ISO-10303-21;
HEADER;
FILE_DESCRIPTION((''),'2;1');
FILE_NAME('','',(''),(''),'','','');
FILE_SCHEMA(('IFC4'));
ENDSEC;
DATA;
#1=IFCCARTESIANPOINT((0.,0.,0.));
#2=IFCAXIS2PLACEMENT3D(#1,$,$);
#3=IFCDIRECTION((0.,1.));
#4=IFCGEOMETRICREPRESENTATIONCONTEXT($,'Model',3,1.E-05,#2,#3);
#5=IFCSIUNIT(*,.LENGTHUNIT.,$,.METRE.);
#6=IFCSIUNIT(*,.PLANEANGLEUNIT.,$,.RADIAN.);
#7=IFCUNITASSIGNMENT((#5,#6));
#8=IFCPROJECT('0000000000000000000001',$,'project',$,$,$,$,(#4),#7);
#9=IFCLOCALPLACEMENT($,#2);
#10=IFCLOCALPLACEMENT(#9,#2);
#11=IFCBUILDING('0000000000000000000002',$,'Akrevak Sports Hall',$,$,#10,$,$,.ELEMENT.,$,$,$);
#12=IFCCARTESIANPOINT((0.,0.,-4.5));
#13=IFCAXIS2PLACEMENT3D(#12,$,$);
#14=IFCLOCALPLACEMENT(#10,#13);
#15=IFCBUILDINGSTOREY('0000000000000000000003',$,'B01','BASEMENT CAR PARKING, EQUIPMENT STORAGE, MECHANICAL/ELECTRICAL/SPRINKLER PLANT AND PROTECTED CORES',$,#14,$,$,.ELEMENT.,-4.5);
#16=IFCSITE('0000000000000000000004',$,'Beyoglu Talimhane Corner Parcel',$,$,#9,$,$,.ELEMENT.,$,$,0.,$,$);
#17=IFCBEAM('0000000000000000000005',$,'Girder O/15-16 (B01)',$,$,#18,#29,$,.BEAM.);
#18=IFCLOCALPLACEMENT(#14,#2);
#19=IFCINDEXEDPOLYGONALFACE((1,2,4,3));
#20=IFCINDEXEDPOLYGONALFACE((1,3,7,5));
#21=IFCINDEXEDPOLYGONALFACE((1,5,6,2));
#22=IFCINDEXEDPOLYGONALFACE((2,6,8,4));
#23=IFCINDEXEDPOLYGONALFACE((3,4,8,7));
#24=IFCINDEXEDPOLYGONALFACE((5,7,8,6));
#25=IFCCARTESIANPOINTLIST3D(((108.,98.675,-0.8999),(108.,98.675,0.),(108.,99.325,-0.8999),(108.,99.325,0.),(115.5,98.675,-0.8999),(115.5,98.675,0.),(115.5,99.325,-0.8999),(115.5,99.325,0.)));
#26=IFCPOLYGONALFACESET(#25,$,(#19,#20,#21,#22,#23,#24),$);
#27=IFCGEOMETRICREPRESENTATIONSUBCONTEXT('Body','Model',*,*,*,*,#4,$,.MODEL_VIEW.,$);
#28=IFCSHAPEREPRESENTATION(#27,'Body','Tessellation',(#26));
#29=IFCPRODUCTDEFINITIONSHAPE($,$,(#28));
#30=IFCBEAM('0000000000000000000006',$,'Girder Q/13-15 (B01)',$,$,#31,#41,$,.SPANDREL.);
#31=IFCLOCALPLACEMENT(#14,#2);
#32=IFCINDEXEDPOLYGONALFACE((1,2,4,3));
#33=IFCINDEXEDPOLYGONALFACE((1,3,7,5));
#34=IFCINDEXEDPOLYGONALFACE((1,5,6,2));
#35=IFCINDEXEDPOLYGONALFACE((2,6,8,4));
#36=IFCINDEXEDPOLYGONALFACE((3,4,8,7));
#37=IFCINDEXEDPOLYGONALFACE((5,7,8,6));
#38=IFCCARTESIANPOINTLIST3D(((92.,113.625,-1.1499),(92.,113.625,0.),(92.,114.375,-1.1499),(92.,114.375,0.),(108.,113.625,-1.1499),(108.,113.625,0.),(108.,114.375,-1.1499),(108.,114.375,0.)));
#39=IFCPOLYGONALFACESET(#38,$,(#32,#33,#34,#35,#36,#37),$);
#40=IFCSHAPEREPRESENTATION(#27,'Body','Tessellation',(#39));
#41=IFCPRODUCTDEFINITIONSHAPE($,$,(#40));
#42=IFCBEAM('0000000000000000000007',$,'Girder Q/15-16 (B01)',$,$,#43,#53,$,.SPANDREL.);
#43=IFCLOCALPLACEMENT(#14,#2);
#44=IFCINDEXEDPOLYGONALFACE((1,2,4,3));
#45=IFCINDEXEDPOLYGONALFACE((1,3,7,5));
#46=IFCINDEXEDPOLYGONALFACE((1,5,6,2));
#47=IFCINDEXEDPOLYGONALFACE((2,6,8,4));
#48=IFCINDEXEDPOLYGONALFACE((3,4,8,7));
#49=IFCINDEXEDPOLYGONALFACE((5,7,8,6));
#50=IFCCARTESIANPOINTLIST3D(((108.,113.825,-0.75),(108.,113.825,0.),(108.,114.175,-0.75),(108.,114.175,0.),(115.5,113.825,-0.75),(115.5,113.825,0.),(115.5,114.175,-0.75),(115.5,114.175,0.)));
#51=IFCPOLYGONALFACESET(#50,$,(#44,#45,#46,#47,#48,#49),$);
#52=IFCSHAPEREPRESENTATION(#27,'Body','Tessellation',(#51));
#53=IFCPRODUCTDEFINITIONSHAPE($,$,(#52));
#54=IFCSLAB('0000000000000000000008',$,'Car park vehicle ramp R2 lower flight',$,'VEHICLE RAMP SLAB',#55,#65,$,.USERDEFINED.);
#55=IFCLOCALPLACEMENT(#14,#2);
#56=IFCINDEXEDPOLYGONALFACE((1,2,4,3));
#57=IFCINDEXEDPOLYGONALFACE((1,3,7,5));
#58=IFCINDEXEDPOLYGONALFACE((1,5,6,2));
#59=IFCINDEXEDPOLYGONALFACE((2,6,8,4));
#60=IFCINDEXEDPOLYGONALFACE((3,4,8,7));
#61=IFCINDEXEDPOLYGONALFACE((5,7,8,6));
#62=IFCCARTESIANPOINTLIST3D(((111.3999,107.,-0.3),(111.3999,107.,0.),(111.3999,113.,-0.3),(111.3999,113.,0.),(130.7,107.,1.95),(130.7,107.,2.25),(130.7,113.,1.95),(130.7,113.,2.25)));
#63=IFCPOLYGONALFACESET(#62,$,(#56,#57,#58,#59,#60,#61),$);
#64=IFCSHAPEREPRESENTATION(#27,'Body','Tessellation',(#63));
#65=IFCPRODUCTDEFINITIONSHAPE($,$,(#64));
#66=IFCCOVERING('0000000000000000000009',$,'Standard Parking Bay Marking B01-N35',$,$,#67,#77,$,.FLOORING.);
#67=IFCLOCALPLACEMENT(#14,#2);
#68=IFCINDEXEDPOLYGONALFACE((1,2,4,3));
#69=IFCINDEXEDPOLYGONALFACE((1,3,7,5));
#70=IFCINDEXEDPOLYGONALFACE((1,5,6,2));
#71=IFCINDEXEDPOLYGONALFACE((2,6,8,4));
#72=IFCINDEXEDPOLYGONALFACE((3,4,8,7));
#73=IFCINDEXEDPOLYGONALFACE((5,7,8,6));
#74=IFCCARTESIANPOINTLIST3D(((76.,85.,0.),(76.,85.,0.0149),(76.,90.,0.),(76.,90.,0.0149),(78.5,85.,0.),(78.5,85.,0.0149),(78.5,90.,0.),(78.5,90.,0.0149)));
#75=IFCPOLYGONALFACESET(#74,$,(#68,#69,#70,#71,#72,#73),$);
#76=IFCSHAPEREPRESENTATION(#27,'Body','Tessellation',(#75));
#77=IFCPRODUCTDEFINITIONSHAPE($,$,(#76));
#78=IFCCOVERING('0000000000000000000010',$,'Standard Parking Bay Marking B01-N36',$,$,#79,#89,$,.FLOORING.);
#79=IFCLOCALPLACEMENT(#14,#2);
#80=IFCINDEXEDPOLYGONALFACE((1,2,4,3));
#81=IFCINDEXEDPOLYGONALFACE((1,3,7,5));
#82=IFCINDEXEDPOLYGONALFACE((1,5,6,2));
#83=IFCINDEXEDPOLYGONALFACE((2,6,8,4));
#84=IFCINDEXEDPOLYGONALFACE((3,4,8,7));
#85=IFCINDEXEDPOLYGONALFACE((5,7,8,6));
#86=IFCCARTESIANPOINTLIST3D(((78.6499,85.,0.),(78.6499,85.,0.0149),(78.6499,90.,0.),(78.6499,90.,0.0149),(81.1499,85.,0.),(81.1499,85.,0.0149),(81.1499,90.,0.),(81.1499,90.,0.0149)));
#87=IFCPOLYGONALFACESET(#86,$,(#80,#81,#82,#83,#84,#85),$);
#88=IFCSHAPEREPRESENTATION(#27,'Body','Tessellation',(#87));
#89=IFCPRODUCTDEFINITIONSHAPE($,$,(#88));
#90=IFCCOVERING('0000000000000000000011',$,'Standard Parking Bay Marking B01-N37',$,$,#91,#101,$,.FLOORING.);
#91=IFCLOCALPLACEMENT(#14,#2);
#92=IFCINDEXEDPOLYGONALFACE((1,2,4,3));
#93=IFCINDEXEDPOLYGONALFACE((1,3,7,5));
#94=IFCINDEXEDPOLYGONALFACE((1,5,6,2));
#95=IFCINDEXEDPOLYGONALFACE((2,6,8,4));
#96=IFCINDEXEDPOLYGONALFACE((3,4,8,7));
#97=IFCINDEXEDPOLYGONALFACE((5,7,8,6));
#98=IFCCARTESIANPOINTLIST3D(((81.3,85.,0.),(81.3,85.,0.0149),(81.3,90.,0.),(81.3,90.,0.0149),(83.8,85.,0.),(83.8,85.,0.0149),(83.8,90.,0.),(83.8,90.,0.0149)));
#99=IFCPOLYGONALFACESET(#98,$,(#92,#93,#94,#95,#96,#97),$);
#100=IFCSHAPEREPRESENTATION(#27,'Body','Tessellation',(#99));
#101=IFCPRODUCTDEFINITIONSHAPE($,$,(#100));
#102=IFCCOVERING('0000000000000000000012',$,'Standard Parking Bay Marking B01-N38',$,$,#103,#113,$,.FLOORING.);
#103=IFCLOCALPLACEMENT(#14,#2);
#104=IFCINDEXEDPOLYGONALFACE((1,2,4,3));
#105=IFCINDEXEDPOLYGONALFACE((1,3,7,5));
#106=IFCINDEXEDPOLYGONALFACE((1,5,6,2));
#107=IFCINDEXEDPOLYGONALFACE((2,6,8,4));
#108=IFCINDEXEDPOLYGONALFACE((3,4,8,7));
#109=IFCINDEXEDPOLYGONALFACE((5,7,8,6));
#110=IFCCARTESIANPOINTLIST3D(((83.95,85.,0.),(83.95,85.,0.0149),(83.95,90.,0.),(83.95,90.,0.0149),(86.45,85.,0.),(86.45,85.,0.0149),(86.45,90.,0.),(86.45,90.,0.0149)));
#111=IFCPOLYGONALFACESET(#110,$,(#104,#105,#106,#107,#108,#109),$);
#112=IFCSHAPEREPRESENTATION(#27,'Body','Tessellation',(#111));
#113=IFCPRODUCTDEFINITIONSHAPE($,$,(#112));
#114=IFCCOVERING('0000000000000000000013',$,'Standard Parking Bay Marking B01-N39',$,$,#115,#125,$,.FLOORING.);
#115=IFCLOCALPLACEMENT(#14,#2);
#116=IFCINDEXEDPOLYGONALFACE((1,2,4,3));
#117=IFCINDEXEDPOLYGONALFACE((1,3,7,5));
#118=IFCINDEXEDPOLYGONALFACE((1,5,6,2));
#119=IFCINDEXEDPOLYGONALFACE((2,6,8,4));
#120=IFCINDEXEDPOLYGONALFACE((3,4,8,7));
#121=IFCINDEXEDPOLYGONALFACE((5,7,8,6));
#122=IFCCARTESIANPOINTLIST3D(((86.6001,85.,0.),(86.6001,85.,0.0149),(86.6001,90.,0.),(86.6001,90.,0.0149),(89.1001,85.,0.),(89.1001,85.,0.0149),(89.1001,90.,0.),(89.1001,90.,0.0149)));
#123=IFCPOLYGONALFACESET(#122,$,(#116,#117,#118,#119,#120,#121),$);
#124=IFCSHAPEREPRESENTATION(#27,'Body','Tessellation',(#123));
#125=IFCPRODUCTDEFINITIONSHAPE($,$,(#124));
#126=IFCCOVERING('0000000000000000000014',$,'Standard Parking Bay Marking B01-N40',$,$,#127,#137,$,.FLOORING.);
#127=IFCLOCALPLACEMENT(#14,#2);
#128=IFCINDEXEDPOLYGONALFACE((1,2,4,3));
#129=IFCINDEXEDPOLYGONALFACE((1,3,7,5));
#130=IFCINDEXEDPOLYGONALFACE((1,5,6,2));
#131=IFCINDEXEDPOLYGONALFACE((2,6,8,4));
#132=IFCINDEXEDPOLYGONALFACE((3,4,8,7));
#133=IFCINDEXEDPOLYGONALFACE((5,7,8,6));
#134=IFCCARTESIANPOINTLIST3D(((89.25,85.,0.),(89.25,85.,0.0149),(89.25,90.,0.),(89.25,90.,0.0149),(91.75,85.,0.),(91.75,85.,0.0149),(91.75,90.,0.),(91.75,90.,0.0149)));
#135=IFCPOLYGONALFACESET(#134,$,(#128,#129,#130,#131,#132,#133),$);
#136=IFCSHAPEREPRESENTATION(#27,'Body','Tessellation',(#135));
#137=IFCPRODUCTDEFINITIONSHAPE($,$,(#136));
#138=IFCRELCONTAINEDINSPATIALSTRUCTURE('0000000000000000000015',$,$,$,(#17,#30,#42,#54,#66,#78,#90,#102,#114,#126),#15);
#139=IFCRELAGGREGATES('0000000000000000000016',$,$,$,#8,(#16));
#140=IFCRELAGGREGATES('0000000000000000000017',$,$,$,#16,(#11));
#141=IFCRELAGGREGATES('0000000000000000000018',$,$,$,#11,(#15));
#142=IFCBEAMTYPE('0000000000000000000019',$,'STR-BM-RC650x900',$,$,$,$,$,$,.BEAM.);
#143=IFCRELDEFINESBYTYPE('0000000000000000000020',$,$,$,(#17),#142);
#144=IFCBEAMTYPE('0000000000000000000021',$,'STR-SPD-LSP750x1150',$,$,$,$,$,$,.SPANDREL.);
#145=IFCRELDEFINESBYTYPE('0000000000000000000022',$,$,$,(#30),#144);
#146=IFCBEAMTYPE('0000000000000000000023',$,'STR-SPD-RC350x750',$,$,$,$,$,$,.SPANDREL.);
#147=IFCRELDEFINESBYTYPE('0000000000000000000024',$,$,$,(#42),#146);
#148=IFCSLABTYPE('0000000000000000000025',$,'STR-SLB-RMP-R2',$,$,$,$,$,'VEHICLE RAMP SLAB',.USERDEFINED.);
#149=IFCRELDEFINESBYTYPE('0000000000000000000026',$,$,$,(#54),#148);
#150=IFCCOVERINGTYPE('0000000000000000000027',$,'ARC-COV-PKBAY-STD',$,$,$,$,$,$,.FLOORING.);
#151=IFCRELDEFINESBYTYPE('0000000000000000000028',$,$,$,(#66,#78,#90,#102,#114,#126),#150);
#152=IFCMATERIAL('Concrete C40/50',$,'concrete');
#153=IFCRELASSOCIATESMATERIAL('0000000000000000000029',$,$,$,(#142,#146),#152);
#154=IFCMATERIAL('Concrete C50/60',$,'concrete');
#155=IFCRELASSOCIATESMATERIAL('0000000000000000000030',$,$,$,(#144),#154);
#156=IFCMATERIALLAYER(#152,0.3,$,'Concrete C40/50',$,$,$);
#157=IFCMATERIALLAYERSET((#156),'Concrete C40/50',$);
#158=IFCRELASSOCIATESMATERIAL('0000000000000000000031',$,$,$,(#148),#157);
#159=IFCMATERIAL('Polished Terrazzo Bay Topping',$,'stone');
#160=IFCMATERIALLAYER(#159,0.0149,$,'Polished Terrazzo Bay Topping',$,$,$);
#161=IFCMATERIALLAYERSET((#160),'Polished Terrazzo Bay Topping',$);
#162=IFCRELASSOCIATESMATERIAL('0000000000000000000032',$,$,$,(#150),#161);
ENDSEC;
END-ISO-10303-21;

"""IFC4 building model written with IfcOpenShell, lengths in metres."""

from ifc_helpers import new_model, si_unit, direction, frame, origin, origin_2d, place, context, subcontext, project, spatial, polyline, rectangle, outline, extrude, material, layer, layer_set, material_profile, profile_set, type_object, element, save


model = new_model("IFC4")

# Units and contexts
model_context = context("Model", 3, precision=1e-05, world=origin(), true_north=direction((0.0, 1.0)))
body_context = subcontext(model_context, "Body", "Model", "MODEL_VIEW")
ifc_project = project(units=[si_unit("LENGTHUNIT", "METRE"), si_unit("PLANEANGLEUNIT", "RADIAN")], contexts=[model_context])

# Site, building, storey
site_placement = place(None, origin())
site = spatial("IfcSite", under=ifc_project, at=site_placement, Name="Beyoglu Talimhane Corner Parcel", CompositionType="ELEMENT", RefElevation=0.0)
building_placement = place(site_placement, origin())
building = spatial("IfcBuilding", under=site, at=building_placement, Name="Akrevak Sports Hall", CompositionType="ELEMENT")
storey_placement = place(building_placement, frame((0.0, 0.0, -4.5)))
storey = spatial("IfcBuildingStorey", under=building, at=storey_placement, Name="B01", Description="BASEMENT CAR PARKING, EQUIPMENT STORAGE, MECHANICAL/ELECTRICAL/SPRINKLER PLANT AND PROTECTED CORES", CompositionType="ELEMENT", Elevation=-4.5)

# Shared definitions
ifc_material_1 = material(Name="Concrete C40/50", Category="concrete")
ifc_material_2 = material(Name="Concrete C50/60", Category="concrete")

# Beams
ifc_material_profile_1 = material_profile(ifc_material_1, rectangle(XDim=0.6499, YDim=0.8999, at=origin_2d()), Name="BM 650x900", Category="concrete")
ifc_profile_set_1 = profile_set([ifc_material_profile_1], Name="Concrete C40/50")
beam_type_1 = type_object("IfcBeamType", Name="STR-BM-RC650x900", PredefinedType="BEAM", material=ifc_profile_set_1)
for number, where, z_axis, x_axis, name in (
    (1, (108.0, 99.0, -0.45), (1.0, 0.0, 0.0), (0.0, 1.0, 0.0), "Girder O/15-16 (B01)"),
):
    element("IfcBeam", number, at=place(storey_placement, frame(where, z_axis=z_axis, x_axis=x_axis)), inside=storey, type_object=beam_type_1, Name=name, PredefinedType="BEAM", context=body_context, shape_type="SweptSolid", body=[
        extrude(rectangle(XDim=0.6499, YDim=0.8999, at=origin_2d()), origin(), (0.0, 0.0, 1.0), 7.5),
    ])
ifc_material_profile_2 = material_profile(ifc_material_2, rectangle(XDim=0.75, YDim=1.1499, at=origin_2d()), Name="SPD 750x1150", Category="concrete")
ifc_profile_set_2 = profile_set([ifc_material_profile_2], Name="Concrete C50/60")
beam_type_2 = type_object("IfcBeamType", Name="STR-SPD-LSP750x1150", PredefinedType="SPANDREL", material=ifc_profile_set_2)
beam_1_placement = place(storey_placement, frame((92.0, 114.0, -0.575), z_axis=(1.0, 0.0, 0.0), x_axis=(0.0, 1.0, 0.0)))
element("IfcBeam", 2, at=beam_1_placement, inside=storey, type_object=beam_type_2, Name="Girder Q/13-15 (B01)", PredefinedType="SPANDREL", context=body_context, shape_type="SweptSolid", body=[
    extrude(rectangle(XDim=0.75, YDim=1.1499, at=origin_2d()), origin(), (0.0, 0.0, 1.0), 16.0),
])
ifc_material_profile_3 = material_profile(ifc_material_1, rectangle(XDim=0.3501, YDim=0.75, at=origin_2d()), Name="SPD 350x750", Category="concrete")
ifc_profile_set_3 = profile_set([ifc_material_profile_3], Name="Concrete C40/50")
beam_type_3 = type_object("IfcBeamType", Name="STR-SPD-RC350x750", PredefinedType="SPANDREL", material=ifc_profile_set_3)
beam_2_placement = place(storey_placement, frame((108.0, 114.0, -0.375), z_axis=(1.0, 0.0, 0.0), x_axis=(0.0, 1.0, 0.0)))
element("IfcBeam", 3, at=beam_2_placement, inside=storey, type_object=beam_type_3, Name="Girder Q/15-16 (B01)", PredefinedType="SPANDREL", context=body_context, shape_type="SweptSolid", body=[
    extrude(rectangle(XDim=0.3501, YDim=0.75, at=origin_2d()), origin(), (0.0, 0.0, 1.0), 7.5),
])

# Slab
ifc_layer_1 = layer(ifc_material_1, 0.3, Name="Concrete C40/50")
ifc_layer_set_1 = layer_set([ifc_layer_1], Name="Concrete C40/50")
slab_type = type_object("IfcSlabType", Name="STR-SLB-RMP-R2", ElementType="VEHICLE RAMP SLAB", PredefinedType="USERDEFINED", material=ifc_layer_set_1)
slab_placement = place(storey_placement, frame((111.3999, 110.0, 0.0), z_axis=(0.0, 0.0, 1.0), x_axis=(1.0, 0.0, 0.0)))
element("IfcSlab", 4, at=slab_placement, inside=storey, type_object=slab_type, Name="Car park vehicle ramp R2 lower flight", ObjectType="VEHICLE RAMP SLAB", PredefinedType="USERDEFINED", context=body_context, shape_type="SweptSolid", body=[
    extrude(outline(polyline([(0.0, 0.0), (19.3, 2.25), (19.3, 1.95), (0.0, -0.3), (0.0, 0.0)])), frame((0.0, 3.0, 0.0), z_axis=(0.0, -1.0, 0.0), x_axis=(1.0, 0.0, 0.0)), (0.0, 0.0, 1.0), 6.0),
])

# Coverings
ifc_material_3 = material(Name="Polished Terrazzo Bay Topping", Category="stone")
ifc_layer_2 = layer(ifc_material_3, 0.0149, Name="Polished Terrazzo Bay Topping")
ifc_layer_set_2 = layer_set([ifc_layer_2], Name="Polished Terrazzo Bay Topping")
covering_type = type_object("IfcCoveringType", Name="ARC-COV-PKBAY-STD", PredefinedType="FLOORING", material=ifc_layer_set_2)
for number, where, z_axis, x_axis, name in (
    (5, (77.25, 87.5, 0.0), (0.0, 0.0, 1.0), (1.0, 0.0, 0.0), "Standard Parking Bay Marking B01-N35"),
    (6, (79.8999, 87.5, 0.0), (0.0, 0.0, 1.0), (1.0, 0.0, 0.0), "Standard Parking Bay Marking B01-N36"),
    (7, (82.55, 87.5, 0.0), (0.0, 0.0, 1.0), (1.0, 0.0, 0.0), "Standard Parking Bay Marking B01-N37"),
    (8, (85.2, 87.5, 0.0), (0.0, 0.0, 1.0), (1.0, 0.0, 0.0), "Standard Parking Bay Marking B01-N38"),
    (9, (87.8501, 87.5, 0.0), (0.0, 0.0, 1.0), (1.0, 0.0, 0.0), "Standard Parking Bay Marking B01-N39"),
    (10, (90.5, 87.5, 0.0), (0.0, 0.0, 1.0), (1.0, 0.0, 0.0), "Standard Parking Bay Marking B01-N40"),
):
    element("IfcCovering", number, at=place(storey_placement, frame(where, z_axis=z_axis, x_axis=x_axis)), inside=storey, type_object=covering_type, Name=name, PredefinedType="FLOORING", context=body_context, shape_type="SweptSolid", body=[
        extrude(rectangle(XDim=2.5, YDim=5.0, at=origin_2d()), origin(), (0.0, 0.0, 1.0), 0.0149),
    ])

save(model, "model.ifc")
